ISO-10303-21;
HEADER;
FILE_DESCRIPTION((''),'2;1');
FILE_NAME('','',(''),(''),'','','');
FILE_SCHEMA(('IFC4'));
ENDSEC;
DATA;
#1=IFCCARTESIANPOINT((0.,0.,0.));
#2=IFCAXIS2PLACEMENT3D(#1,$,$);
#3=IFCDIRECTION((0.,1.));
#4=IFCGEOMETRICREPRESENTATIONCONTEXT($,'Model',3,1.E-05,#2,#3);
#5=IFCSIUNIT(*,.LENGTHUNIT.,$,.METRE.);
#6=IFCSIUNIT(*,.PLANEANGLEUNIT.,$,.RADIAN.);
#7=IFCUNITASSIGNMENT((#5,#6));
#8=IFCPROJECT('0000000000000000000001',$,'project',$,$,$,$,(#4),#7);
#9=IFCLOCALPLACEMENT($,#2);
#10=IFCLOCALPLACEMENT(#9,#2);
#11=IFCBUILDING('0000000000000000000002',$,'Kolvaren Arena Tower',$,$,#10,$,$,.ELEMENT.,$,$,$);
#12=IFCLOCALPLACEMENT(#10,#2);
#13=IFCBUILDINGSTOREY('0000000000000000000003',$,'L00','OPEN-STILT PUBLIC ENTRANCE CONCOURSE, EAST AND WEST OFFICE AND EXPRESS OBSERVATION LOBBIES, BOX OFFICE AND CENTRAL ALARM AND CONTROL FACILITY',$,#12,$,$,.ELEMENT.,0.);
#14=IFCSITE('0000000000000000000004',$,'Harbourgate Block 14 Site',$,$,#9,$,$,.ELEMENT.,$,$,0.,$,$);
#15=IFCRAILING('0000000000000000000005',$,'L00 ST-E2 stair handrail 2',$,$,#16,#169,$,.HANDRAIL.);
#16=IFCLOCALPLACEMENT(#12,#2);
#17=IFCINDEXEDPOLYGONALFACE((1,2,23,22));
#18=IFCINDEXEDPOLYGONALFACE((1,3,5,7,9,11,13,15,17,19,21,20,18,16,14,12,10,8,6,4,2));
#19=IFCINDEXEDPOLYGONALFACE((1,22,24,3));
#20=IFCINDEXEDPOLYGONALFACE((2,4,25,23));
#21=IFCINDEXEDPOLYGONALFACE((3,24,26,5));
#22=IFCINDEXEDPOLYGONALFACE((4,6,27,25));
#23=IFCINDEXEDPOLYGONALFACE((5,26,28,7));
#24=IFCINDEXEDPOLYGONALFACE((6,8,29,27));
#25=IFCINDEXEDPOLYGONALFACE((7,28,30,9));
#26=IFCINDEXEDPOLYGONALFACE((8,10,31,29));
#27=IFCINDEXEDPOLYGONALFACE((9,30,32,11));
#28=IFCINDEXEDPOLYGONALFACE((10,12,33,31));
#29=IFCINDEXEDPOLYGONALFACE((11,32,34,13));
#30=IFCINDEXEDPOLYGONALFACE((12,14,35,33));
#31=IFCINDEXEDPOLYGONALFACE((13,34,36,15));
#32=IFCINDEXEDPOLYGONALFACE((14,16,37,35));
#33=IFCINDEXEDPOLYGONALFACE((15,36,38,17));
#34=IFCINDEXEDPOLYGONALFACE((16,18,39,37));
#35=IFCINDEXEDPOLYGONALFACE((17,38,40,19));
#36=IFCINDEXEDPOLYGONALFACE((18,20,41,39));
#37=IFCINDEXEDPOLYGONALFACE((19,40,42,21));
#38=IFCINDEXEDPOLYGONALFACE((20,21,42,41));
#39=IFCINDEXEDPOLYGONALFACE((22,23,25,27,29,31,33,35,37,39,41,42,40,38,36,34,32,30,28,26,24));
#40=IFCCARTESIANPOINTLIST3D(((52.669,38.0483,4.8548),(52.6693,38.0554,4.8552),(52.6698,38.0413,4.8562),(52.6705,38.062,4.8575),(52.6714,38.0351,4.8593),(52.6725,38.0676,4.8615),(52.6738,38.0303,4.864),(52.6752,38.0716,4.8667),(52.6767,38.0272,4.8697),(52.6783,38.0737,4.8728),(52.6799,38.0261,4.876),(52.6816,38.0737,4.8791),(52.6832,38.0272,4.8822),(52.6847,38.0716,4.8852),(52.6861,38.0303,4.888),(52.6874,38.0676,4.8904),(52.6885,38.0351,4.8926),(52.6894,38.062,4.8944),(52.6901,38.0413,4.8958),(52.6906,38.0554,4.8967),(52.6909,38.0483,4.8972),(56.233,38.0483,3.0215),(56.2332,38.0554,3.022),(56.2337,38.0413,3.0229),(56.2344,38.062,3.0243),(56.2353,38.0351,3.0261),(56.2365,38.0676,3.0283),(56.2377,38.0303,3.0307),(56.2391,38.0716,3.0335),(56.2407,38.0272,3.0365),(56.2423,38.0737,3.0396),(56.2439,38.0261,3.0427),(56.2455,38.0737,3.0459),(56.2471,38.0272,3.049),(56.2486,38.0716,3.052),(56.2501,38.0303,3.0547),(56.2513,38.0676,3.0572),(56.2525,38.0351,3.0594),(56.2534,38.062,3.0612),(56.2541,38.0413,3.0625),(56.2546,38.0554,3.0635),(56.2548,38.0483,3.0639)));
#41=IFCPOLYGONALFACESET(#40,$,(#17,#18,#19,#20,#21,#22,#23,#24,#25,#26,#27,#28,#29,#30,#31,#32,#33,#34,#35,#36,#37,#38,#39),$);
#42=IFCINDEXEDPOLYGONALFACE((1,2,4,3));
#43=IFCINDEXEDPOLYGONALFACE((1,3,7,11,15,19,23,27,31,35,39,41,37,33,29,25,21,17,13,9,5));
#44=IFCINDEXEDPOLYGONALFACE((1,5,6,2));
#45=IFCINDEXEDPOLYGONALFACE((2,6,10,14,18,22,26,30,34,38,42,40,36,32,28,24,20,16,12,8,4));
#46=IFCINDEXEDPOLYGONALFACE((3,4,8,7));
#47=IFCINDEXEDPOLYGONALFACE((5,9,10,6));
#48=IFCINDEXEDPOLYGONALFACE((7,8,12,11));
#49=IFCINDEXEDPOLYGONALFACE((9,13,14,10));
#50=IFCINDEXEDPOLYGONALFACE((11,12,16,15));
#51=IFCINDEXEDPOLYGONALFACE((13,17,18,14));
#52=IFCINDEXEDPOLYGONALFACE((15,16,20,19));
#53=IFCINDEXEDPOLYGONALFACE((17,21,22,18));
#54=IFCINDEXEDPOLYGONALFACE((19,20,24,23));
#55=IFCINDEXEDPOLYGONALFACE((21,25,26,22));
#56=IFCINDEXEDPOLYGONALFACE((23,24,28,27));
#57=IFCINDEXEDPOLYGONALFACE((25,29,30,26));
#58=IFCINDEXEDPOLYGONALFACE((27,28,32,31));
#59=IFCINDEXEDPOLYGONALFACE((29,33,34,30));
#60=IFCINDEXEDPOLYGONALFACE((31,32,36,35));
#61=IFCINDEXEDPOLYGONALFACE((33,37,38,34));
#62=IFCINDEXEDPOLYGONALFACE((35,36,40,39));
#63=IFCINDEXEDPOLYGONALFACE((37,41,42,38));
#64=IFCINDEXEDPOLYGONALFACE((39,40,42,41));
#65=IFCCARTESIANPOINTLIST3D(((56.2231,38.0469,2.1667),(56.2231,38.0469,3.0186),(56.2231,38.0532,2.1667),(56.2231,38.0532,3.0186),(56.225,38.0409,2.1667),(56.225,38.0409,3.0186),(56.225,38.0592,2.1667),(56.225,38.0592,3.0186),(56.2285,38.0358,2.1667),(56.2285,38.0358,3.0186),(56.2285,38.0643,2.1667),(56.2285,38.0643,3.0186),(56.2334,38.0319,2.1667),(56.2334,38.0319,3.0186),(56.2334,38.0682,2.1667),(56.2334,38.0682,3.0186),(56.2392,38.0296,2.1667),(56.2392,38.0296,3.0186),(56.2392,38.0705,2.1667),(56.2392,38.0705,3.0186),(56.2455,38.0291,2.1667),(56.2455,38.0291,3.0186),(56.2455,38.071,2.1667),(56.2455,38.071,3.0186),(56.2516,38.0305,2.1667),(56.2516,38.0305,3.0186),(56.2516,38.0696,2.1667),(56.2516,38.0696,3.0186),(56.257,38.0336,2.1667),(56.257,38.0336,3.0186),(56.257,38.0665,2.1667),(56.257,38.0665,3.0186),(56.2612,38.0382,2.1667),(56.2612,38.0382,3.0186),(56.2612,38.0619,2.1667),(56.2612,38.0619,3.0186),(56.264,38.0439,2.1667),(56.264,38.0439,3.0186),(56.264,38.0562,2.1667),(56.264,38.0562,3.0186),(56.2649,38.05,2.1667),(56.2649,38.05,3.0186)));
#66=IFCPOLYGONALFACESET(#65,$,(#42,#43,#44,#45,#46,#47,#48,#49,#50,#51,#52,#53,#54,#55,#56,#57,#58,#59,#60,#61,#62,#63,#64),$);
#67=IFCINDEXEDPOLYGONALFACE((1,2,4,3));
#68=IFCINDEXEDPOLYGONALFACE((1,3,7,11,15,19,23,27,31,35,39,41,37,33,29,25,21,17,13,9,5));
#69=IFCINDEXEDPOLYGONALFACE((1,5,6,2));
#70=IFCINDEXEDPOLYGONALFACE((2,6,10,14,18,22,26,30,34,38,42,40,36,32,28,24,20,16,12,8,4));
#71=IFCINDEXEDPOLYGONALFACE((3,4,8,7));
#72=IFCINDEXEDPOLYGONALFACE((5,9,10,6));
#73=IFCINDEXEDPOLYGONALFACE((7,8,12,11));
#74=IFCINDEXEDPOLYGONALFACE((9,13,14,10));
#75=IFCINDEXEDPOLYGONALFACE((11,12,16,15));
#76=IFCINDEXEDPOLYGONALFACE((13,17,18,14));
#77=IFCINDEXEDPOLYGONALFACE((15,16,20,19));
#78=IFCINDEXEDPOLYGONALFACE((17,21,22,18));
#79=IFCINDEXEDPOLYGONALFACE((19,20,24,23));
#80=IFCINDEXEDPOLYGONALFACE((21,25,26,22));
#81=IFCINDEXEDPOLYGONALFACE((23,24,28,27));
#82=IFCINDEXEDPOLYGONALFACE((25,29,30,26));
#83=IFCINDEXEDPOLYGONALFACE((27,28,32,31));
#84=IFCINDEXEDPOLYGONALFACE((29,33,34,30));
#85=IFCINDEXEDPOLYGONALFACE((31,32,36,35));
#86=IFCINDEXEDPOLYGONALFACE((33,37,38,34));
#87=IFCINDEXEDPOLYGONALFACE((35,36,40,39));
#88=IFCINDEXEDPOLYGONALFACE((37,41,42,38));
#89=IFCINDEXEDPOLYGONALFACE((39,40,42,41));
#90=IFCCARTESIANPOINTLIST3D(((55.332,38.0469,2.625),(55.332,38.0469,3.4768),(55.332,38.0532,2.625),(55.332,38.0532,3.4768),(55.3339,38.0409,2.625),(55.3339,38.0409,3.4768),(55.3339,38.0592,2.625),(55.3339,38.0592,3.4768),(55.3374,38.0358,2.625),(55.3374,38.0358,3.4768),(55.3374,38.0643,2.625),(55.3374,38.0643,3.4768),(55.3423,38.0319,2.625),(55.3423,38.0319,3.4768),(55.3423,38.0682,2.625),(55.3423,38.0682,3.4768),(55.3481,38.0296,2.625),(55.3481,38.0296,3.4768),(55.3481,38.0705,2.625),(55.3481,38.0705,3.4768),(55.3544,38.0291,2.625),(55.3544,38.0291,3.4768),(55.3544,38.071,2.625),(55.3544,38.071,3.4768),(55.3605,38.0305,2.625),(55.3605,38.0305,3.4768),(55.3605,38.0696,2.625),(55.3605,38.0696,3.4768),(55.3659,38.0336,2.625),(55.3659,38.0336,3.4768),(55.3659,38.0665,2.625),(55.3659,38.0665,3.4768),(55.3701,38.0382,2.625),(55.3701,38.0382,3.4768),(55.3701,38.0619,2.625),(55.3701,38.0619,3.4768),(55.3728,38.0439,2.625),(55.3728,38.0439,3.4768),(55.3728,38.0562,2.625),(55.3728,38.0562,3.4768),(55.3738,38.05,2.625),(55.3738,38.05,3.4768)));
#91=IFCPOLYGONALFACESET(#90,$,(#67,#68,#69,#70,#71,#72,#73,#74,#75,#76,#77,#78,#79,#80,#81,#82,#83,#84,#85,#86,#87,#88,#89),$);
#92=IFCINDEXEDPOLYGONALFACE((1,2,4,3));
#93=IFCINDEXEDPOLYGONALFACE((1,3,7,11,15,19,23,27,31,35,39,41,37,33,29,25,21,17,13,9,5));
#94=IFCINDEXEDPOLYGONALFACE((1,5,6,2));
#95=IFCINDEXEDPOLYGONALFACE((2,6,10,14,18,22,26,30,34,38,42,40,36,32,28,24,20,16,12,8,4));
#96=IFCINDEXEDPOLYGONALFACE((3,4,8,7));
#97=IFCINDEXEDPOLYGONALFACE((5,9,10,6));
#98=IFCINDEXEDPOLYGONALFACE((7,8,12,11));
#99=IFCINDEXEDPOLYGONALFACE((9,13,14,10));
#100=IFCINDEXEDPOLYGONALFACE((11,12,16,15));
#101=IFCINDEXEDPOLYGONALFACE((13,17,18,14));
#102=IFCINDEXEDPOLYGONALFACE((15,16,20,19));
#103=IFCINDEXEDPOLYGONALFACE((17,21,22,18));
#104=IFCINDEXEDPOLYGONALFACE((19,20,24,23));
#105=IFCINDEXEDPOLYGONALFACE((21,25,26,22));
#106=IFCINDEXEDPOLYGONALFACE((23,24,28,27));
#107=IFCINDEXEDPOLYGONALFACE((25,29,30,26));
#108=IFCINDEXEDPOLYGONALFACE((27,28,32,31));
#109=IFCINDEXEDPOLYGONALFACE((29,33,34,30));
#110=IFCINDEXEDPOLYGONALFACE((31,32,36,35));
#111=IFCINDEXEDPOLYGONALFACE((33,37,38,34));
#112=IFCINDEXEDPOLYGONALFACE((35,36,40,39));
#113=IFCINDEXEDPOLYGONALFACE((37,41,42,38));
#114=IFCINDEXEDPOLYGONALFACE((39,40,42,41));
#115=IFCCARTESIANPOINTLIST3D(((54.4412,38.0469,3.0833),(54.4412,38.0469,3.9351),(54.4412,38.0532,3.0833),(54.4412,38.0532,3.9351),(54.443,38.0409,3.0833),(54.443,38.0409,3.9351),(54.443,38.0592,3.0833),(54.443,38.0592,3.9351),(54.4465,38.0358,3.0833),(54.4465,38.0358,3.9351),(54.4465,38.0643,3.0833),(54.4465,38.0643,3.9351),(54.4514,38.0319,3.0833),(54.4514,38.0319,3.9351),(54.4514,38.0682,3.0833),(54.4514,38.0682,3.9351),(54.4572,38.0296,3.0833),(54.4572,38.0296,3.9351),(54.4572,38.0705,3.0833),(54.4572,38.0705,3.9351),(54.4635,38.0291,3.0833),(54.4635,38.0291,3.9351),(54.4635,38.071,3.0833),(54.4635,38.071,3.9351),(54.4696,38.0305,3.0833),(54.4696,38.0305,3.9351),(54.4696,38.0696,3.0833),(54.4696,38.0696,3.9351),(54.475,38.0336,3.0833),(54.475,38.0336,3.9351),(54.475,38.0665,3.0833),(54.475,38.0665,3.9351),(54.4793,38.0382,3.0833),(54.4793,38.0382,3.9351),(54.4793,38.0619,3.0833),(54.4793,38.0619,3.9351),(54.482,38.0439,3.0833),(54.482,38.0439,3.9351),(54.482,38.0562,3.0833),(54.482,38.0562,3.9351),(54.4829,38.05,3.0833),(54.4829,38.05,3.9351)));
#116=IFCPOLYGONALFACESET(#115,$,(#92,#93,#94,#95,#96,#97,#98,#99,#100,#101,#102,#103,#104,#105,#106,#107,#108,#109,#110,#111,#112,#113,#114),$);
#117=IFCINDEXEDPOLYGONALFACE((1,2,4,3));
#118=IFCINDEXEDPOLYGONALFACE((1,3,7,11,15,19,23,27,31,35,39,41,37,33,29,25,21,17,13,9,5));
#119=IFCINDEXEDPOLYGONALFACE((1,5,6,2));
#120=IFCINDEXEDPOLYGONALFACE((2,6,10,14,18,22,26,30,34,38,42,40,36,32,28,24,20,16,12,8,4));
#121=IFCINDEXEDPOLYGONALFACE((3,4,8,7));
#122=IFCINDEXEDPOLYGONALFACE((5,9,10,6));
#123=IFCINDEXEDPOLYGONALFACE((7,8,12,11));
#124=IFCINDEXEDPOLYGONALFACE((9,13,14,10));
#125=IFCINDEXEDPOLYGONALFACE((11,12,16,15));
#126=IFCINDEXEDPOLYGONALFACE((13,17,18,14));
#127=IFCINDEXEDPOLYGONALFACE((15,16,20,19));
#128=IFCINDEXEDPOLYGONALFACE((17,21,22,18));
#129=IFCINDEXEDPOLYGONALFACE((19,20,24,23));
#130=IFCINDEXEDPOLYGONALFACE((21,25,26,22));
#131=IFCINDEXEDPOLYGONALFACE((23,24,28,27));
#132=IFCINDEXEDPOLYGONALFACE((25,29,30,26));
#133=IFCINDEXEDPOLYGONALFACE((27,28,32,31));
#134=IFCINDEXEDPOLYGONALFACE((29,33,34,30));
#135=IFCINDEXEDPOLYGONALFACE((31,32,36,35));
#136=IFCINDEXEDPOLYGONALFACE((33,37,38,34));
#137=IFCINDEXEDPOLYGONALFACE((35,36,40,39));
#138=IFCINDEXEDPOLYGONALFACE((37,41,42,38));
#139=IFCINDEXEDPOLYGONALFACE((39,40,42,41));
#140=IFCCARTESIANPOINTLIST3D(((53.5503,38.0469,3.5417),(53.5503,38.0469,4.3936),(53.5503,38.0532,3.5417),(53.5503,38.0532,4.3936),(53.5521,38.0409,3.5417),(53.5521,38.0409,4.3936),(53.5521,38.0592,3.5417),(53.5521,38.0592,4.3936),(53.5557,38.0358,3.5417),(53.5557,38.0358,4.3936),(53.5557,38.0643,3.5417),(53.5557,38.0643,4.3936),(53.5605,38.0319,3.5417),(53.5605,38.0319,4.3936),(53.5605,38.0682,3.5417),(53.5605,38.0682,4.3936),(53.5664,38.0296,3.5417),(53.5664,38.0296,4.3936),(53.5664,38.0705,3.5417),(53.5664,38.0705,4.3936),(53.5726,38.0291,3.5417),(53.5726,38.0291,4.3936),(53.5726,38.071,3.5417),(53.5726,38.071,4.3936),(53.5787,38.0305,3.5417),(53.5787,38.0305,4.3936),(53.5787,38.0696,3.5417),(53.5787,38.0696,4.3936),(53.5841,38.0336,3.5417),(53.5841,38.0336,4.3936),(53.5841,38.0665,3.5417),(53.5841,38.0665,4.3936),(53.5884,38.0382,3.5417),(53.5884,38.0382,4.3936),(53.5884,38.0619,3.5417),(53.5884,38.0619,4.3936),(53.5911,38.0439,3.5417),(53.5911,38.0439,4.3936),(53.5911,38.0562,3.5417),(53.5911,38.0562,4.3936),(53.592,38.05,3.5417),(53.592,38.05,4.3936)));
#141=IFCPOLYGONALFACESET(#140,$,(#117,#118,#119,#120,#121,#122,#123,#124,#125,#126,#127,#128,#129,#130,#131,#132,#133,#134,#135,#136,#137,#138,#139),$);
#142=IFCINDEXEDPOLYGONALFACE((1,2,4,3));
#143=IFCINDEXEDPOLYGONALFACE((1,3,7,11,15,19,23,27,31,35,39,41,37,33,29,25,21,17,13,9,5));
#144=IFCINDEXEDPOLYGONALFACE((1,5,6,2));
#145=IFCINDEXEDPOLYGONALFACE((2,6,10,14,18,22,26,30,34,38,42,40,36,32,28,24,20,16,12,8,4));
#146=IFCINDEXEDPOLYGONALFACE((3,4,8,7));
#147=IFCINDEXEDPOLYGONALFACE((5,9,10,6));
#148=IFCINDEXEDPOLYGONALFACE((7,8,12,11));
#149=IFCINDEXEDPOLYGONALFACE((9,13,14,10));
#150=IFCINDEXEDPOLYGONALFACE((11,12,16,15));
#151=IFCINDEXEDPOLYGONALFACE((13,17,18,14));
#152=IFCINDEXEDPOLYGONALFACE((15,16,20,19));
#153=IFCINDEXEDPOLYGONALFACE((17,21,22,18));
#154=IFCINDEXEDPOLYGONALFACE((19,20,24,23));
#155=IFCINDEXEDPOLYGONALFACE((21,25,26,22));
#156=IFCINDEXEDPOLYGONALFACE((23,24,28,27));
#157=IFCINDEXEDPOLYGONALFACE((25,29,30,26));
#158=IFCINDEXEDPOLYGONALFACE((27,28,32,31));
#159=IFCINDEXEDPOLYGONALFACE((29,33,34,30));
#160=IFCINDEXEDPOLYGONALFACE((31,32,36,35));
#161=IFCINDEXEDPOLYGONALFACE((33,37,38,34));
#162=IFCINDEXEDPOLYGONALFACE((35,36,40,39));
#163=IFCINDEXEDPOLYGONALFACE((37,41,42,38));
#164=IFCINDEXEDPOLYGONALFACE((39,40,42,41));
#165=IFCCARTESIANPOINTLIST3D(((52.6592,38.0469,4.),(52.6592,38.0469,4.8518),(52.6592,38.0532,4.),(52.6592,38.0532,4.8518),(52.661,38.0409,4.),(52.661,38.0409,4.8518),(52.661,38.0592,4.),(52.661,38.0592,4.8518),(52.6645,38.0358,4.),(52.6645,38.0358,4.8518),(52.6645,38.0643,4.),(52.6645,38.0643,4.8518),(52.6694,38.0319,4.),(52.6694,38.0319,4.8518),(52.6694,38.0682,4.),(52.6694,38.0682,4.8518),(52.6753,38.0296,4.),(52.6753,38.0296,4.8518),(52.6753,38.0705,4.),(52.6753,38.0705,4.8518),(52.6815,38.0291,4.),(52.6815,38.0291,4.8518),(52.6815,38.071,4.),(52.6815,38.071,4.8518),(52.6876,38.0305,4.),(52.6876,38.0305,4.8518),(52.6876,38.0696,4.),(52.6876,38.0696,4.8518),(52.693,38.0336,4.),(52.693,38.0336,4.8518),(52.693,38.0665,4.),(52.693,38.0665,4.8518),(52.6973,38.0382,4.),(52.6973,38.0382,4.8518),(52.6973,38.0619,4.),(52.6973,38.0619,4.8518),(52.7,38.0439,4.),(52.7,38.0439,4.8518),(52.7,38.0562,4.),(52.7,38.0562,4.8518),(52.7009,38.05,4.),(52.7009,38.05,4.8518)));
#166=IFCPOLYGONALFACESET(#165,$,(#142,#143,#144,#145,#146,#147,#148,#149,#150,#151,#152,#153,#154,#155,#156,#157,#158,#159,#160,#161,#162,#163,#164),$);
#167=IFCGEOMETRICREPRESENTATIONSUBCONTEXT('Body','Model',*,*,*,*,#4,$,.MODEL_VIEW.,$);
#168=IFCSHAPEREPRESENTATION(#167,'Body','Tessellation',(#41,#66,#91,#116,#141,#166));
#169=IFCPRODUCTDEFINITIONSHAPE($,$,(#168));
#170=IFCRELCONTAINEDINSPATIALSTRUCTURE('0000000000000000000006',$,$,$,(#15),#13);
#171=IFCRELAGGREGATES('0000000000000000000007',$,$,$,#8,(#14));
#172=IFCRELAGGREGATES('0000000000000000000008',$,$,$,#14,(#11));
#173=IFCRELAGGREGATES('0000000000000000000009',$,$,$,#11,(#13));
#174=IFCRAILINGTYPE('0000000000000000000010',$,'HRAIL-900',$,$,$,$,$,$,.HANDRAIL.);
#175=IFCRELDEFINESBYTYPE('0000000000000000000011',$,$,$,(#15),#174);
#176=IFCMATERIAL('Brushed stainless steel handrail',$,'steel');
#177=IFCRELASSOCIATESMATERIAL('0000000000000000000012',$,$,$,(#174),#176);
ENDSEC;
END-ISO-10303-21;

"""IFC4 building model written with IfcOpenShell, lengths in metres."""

from ifc_helpers import new_model, si_unit, direction, frame, origin, origin_2d, place, context, subcontext, project, spatial, circle, extrude, material, type_object, element, save


model = new_model("IFC4")

# Units and contexts
model_context = context("Model", 3, precision=1e-05, world=origin(), true_north=direction((0.0, 1.0)))
body_context = subcontext(model_context, "Body", "Model", "MODEL_VIEW")
ifc_project = project(units=[si_unit("LENGTHUNIT", "METRE"), si_unit("PLANEANGLEUNIT", "RADIAN")], contexts=[model_context])

# Site, building, storey
site_placement = place(None, origin())
site = spatial("IfcSite", under=ifc_project, at=site_placement, Name="Harbourgate Block 14 Site", CompositionType="ELEMENT", RefElevation=0.0)
building_placement = place(site_placement, origin())
building = spatial("IfcBuilding", under=site, at=building_placement, Name="Kolvaren Arena Tower", CompositionType="ELEMENT")
storey_placement = place(building_placement, origin())
storey = spatial("IfcBuildingStorey", under=building, at=storey_placement, Name="L00", Description="OPEN-STILT PUBLIC ENTRANCE CONCOURSE, EAST AND WEST OFFICE AND EXPRESS OBSERVATION LOBBIES, BOX OFFICE AND CENTRAL ALARM AND CONTROL FACILITY", CompositionType="ELEMENT", Elevation=0.0)

# Railing
ifc_material_1 = material(Name="Brushed stainless steel handrail", Category="steel")
railing_type_1 = type_object("IfcRailingType", Name="HRAIL-900", PredefinedType="HANDRAIL", material=ifc_material_1)
for number, where, name in (
    (1, (56.2439, 38.05, 2.1667), "L00 ST-E2 stair handrail 2"),
):
    element("IfcRailing", number, at=place(storey_placement, frame(where)), inside=storey, type_object=railing_type_1, Name=name, PredefinedType="HANDRAIL", context=body_context, shape_type="SweptSolid", body=[
        extrude(circle(Radius=0.0239, at=origin_2d()), frame((0.0, 0.0, 0.876), z_axis=(-0.889252, 0.0, 0.457418), x_axis=(0.0, -1.0, 0.0)), (0.0, 0.0, 1.0), 4.0078),
        extrude(circle(Radius=0.021, at=origin_2d()), origin(), (0.0, 0.0, 1.0), 0.8518),
        extrude(circle(Radius=0.021, at=origin_2d()), frame((-0.8911, 0.0, 0.4583)), (0.0, 0.0, 1.0), 0.8518),
        extrude(circle(Radius=0.021, at=origin_2d()), frame((-1.782, 0.0, 0.9165)), (0.0, 0.0, 1.0), 0.8518),
        extrude(circle(Radius=0.021, at=origin_2d()), frame((-2.6729, 0.0, 1.375)), (0.0, 0.0, 1.0), 0.8518),
        extrude(circle(Radius=0.021, at=origin_2d()), frame((-3.564, 0.0, 1.8333)), (0.0, 0.0, 1.0), 0.8518),
    ])

save(model, "model.ifc")
